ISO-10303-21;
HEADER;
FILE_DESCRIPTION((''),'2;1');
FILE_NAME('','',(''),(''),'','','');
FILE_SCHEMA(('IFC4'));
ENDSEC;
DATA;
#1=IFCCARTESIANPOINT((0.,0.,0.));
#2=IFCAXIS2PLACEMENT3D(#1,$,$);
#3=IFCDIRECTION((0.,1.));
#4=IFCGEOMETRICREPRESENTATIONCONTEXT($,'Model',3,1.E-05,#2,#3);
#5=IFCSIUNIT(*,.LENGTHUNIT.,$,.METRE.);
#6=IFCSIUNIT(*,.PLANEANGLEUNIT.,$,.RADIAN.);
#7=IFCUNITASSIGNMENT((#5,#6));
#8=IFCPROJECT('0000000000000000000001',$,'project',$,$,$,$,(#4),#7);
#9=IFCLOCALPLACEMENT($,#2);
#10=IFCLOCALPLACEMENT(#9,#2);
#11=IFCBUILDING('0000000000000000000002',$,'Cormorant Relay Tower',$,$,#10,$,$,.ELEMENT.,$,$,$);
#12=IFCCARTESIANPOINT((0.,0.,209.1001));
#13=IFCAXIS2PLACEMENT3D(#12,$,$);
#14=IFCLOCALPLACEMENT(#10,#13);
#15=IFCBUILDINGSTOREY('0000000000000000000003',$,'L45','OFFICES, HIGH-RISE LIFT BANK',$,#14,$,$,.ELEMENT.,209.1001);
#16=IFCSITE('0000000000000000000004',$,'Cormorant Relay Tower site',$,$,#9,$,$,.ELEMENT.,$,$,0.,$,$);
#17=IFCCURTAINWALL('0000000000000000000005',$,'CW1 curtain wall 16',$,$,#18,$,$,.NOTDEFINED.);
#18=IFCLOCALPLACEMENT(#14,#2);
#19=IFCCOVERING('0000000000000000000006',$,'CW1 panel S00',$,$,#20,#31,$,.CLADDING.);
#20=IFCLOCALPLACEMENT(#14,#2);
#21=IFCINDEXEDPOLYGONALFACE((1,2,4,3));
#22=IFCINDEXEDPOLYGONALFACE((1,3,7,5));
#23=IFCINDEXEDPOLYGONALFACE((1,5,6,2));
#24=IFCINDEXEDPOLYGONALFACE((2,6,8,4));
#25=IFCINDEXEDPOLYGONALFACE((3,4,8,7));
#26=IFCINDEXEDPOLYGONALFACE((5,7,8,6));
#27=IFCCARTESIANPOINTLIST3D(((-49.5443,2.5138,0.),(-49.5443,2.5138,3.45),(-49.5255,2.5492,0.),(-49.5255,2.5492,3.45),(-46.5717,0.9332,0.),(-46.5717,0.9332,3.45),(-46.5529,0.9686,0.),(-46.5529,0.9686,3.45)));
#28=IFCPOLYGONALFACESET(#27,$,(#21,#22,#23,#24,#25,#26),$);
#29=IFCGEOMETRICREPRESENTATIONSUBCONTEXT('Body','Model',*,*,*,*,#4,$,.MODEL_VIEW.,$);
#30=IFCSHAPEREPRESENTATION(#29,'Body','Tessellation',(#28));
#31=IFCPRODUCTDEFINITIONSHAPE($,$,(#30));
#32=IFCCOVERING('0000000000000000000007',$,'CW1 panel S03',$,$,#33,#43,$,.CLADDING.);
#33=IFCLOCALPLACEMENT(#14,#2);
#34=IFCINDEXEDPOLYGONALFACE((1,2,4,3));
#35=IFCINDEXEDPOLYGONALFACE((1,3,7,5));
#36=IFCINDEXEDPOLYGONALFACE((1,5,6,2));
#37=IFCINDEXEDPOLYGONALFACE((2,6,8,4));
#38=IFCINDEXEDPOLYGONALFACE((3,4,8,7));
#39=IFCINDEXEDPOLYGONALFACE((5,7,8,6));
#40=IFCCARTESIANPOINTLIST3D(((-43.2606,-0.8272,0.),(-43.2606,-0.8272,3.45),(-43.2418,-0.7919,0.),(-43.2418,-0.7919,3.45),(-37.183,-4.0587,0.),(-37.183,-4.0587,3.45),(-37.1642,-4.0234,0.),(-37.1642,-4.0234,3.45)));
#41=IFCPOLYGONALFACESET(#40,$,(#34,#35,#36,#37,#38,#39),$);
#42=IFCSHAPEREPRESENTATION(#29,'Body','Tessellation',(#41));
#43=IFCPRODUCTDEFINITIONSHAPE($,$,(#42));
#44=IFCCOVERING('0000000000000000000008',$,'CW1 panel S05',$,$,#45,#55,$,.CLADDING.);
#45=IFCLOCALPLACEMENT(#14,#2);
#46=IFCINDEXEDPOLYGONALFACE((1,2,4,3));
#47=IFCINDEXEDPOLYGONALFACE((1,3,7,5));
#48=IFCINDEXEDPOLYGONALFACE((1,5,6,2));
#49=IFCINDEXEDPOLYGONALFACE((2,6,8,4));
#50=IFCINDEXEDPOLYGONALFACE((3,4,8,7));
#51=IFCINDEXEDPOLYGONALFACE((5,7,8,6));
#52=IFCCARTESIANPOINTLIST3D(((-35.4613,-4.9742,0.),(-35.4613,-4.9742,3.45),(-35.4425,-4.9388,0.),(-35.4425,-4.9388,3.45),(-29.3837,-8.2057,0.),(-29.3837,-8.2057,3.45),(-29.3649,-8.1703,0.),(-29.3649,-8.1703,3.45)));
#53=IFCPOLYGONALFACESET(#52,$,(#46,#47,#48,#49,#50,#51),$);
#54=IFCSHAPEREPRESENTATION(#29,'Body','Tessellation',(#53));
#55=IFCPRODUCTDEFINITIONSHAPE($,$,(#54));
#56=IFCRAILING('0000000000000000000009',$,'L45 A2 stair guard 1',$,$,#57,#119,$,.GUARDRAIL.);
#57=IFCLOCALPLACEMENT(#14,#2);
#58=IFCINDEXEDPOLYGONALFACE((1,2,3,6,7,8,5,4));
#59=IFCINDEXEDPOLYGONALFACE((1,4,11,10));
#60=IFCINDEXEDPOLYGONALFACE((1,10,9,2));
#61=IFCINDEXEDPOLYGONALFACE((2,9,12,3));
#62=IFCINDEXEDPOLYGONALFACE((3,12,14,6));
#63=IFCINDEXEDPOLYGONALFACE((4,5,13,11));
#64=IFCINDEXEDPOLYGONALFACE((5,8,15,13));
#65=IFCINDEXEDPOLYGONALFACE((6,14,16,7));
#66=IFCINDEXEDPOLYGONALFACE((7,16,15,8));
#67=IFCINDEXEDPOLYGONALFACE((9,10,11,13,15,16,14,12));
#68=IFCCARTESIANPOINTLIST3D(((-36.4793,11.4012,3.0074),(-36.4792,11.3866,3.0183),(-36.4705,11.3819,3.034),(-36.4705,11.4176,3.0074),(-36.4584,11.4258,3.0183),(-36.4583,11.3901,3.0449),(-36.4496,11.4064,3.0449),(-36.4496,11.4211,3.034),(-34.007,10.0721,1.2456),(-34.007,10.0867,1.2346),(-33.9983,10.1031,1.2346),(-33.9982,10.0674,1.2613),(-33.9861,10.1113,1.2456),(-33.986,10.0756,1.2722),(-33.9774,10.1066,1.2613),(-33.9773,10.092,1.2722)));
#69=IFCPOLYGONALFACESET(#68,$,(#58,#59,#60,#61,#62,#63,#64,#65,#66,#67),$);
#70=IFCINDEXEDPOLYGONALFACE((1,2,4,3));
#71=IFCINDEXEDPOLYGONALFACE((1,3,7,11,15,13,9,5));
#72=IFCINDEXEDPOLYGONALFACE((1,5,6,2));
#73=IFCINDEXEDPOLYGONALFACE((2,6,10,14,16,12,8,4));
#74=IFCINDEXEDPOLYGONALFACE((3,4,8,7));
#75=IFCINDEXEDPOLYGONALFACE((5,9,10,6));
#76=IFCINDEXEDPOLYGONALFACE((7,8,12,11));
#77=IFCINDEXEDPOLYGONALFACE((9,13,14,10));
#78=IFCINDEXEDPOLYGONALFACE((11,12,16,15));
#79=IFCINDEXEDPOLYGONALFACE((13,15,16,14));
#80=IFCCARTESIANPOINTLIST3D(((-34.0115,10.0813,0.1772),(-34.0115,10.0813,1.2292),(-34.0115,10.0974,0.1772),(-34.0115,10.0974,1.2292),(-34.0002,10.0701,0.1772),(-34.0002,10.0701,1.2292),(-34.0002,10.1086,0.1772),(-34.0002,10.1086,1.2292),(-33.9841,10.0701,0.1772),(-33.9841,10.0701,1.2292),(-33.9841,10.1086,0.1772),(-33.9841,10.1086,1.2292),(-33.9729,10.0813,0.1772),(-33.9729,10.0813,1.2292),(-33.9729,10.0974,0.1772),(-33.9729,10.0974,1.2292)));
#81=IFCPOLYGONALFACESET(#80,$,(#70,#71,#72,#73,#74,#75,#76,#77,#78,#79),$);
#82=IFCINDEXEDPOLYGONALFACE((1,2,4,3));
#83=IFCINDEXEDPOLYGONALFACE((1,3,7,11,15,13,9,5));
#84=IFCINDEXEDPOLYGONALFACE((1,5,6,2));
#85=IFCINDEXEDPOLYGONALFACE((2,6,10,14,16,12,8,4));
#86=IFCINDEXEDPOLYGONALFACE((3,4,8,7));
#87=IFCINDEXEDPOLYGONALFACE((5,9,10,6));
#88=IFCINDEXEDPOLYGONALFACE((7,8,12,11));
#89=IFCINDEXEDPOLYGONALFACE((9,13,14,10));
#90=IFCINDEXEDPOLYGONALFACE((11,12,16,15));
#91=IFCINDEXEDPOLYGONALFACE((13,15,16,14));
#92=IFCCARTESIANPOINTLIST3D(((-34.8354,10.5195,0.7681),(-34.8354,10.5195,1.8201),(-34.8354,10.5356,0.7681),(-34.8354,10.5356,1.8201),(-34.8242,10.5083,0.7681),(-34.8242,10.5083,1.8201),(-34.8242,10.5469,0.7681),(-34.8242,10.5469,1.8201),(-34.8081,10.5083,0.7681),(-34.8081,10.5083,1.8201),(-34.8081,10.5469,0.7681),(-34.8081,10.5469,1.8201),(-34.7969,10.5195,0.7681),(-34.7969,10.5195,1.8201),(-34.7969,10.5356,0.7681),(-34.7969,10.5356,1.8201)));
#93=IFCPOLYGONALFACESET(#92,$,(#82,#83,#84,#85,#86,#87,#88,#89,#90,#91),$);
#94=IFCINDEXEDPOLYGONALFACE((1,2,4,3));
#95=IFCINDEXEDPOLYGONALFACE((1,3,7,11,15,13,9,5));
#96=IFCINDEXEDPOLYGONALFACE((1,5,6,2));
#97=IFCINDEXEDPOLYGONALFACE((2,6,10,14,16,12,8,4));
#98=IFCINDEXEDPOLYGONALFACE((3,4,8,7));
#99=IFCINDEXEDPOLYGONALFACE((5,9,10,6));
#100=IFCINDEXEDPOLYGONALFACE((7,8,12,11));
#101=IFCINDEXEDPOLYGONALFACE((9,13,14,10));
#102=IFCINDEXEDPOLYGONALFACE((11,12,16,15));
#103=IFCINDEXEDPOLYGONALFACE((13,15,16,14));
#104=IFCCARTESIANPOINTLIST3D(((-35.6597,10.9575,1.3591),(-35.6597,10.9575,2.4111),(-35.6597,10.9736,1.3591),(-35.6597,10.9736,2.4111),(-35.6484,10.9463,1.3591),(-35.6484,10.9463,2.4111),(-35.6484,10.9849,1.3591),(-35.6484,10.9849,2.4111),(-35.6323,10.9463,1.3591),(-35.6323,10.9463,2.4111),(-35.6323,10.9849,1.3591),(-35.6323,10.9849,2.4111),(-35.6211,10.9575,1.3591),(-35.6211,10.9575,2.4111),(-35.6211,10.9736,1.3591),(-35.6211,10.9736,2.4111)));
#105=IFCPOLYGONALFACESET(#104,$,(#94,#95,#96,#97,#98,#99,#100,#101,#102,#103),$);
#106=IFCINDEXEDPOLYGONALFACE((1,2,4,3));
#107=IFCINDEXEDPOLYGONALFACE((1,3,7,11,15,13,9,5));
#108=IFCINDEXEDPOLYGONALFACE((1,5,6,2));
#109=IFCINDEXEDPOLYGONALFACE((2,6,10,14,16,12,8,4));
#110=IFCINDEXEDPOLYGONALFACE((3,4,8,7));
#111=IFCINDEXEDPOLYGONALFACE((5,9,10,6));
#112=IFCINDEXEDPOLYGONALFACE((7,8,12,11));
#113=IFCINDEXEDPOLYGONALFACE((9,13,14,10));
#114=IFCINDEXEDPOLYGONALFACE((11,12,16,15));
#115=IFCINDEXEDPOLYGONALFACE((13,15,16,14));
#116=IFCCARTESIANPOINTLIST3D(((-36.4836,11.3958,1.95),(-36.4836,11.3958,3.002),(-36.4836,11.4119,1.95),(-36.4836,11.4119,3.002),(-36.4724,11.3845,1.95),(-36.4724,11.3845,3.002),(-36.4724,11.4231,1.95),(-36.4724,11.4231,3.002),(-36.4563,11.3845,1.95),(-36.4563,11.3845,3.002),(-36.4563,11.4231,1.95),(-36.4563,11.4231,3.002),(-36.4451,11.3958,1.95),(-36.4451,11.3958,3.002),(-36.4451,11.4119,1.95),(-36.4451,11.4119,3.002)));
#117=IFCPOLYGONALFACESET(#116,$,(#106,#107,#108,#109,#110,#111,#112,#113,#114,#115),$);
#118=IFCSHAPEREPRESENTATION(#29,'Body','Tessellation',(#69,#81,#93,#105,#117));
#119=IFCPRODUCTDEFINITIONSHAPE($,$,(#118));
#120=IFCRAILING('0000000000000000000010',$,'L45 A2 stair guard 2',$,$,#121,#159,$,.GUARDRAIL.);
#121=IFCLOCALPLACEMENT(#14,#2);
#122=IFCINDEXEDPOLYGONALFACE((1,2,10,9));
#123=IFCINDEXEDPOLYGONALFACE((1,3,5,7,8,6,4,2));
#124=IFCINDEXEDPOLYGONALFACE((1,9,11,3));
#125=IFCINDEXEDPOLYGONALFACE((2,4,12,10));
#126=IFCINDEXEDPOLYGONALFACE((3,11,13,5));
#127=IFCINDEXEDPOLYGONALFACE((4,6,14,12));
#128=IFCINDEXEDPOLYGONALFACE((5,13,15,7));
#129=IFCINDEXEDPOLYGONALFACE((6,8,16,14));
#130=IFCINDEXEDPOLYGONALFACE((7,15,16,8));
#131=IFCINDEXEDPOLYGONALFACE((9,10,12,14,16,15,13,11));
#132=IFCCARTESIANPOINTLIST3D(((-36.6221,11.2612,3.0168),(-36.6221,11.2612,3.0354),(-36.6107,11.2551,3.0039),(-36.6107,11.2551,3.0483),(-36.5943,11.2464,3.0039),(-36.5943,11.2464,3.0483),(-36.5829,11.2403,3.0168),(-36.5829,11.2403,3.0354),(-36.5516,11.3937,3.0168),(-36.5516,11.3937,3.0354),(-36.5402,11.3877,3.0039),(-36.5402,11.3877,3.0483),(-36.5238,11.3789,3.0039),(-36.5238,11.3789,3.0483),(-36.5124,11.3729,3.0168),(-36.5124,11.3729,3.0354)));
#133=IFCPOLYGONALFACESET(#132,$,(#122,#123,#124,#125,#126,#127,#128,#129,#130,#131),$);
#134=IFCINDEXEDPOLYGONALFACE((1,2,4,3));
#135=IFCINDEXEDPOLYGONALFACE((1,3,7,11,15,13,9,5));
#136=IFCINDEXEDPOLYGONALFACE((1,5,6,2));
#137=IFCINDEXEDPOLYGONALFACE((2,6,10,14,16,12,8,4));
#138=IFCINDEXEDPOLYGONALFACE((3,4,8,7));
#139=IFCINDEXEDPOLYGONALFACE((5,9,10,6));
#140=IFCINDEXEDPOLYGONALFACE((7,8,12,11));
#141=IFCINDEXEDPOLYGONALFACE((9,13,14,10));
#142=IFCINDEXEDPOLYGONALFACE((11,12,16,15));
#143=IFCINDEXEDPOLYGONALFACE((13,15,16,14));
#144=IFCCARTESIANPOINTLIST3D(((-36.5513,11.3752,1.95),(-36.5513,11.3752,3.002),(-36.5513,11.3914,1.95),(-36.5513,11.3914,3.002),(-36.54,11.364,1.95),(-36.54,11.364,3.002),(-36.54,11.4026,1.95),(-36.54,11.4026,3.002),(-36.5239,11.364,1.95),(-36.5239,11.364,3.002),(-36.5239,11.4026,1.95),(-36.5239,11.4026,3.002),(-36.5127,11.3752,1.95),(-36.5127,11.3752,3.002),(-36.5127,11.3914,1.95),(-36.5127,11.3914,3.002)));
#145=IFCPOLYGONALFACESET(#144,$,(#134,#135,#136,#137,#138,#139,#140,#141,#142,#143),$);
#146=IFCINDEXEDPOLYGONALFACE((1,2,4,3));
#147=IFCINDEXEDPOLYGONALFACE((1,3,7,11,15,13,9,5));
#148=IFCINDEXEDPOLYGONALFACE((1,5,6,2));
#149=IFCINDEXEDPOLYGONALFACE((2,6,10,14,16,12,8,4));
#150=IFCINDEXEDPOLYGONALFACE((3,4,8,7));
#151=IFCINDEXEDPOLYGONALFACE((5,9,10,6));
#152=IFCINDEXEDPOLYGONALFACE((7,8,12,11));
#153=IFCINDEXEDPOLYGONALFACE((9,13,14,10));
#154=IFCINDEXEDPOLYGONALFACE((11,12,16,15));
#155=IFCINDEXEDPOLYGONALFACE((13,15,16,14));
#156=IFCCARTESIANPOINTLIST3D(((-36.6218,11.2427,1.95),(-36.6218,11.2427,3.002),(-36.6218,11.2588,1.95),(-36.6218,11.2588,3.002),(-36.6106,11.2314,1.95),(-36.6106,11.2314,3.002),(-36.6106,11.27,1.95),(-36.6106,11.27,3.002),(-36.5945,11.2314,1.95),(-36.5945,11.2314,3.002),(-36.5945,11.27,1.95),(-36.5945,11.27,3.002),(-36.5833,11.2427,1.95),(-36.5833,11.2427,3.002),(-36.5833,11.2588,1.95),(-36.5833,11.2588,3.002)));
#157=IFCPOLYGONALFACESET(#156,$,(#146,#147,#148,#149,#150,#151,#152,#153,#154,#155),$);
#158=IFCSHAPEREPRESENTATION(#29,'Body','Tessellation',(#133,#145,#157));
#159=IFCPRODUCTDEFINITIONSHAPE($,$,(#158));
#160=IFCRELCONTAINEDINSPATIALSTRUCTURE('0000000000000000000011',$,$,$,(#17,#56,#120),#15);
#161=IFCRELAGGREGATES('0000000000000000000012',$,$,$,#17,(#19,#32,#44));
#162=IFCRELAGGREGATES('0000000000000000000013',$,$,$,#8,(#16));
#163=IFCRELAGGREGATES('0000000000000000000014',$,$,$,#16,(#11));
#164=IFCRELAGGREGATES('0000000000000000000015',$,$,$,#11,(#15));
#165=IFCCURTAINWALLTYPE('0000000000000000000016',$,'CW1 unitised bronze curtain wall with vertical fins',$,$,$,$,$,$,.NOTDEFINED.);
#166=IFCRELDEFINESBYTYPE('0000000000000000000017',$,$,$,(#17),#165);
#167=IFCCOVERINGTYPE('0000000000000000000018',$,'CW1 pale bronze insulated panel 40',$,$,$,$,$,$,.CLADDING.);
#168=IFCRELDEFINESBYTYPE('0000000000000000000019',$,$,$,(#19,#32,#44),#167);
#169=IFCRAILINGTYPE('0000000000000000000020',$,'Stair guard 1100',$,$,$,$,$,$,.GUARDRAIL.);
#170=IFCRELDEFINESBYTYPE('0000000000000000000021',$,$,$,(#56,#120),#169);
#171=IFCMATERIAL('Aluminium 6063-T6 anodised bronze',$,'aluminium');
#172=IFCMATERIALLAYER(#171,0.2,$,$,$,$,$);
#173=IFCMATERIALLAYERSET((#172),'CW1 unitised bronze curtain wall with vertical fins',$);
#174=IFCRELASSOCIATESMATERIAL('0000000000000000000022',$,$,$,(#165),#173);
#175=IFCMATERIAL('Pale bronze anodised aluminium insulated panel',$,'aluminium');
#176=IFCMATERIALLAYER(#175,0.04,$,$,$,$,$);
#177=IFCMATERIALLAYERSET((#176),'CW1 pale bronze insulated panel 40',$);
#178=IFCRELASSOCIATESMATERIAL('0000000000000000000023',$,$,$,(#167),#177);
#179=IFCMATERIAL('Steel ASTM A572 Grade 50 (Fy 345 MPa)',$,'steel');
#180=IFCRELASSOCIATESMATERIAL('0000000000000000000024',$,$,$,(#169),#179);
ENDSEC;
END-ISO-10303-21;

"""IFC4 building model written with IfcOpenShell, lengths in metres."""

from ifc_helpers import new_model, si_unit, direction, frame, origin, origin_2d, place, context, subcontext, project, spatial, polyline, rectangle, outline, extrude, material, layer, layer_set, type_object, element, aggregate, save


model = new_model("IFC4")

# Units and contexts
model_context = context("Model", 3, precision=1e-05, world=origin(), true_north=direction((0.0, 1.0)))
body_context = subcontext(model_context, "Body", "Model", "MODEL_VIEW")
ifc_project = project(units=[si_unit("LENGTHUNIT", "METRE"), si_unit("PLANEANGLEUNIT", "RADIAN")], contexts=[model_context])

# Site, building, storey
site_placement = place(None, origin())
site = spatial("IfcSite", under=ifc_project, at=site_placement, Name="Cormorant Relay Tower site", CompositionType="ELEMENT", RefElevation=0.0)
building_placement = place(site_placement, origin())
building = spatial("IfcBuilding", under=site, at=building_placement, Name="Cormorant Relay Tower", CompositionType="ELEMENT")
storey_placement = place(building_placement, frame((0.0, 0.0, 209.1001)))
storey = spatial("IfcBuildingStorey", under=building, at=storey_placement, Name="L45", Description="OFFICES, HIGH-RISE LIFT BANK", CompositionType="ELEMENT", Elevation=209.1001)

# Curtain wall
ifc_material_1 = material(Name="Aluminium 6063-T6 anodised bronze", Category="aluminium")
ifc_layer_1 = layer(ifc_material_1, 0.2)
ifc_layer_set_1 = layer_set([ifc_layer_1], Name="CW1 unitised bronze curtain wall with vertical fins")
curtain_wall_type = type_object("IfcCurtainWallType", Name="CW1 unitised bronze curtain wall with vertical fins", PredefinedType="NOTDEFINED", material=ifc_layer_set_1)
curtain_wall_placement = place(storey_placement, origin())
curtain_wall = element("IfcCurtainWall", 1, at=curtain_wall_placement, inside=storey, type_object=curtain_wall_type, Name="CW1 curtain wall 16", PredefinedType="NOTDEFINED")

# Coverings
ifc_material_2 = material(Name="Pale bronze anodised aluminium insulated panel", Category="aluminium")
ifc_layer_2 = layer(ifc_material_2, 0.04)
ifc_layer_set_2 = layer_set([ifc_layer_2], Name="CW1 pale bronze insulated panel 40")
covering_type = type_object("IfcCoveringType", Name="CW1 pale bronze insulated panel 40", PredefinedType="CLADDING", material=ifc_layer_set_2)
covering_1_placement = place(storey_placement, frame((-48.0486, 1.7412, 0.0), z_axis=(0.0, 0.0, 1.0), x_axis=(0.882948, -0.469472, 0.0)))
covering_1 = element("IfcCovering", 2, at=covering_1_placement, type_object=covering_type, Name="CW1 panel S00", PredefinedType="CLADDING", context=body_context, shape_type="SweptSolid", body=[
    extrude(rectangle(XDim=3.3667, YDim=0.04, at=origin_2d()), origin(), (0.0, 0.0, 1.0), 3.45),
])
covering_2_placement = place(storey_placement, frame((-40.2124, -2.4253, 0.0), z_axis=(0.0, 0.0, 1.0), x_axis=(0.882948, -0.469472, 0.0)))
covering_2 = element("IfcCovering", 3, at=covering_2_placement, type_object=covering_type, Name="CW1 panel S03", PredefinedType="CLADDING", context=body_context, shape_type="SweptSolid", body=[
    extrude(rectangle(XDim=6.8833, YDim=0.04, at=origin_2d()), origin(), (0.0, 0.0, 1.0), 3.45),
])
covering_3_placement = place(storey_placement, frame((-32.4131, -6.5723, 0.0), z_axis=(0.0, 0.0, 1.0), x_axis=(0.882948, -0.469472, 0.0)))
covering_3 = element("IfcCovering", 4, at=covering_3_placement, type_object=covering_type, Name="CW1 panel S05", PredefinedType="CLADDING", context=body_context, shape_type="SweptSolid", body=[
    extrude(rectangle(XDim=6.8833, YDim=0.04, at=origin_2d()), origin(), (0.0, 0.0, 1.0), 3.45),
])
aggregate(curtain_wall, [covering_1, covering_2, covering_3])

# Railings
ifc_material_3 = material(Name="Steel ASTM A572 Grade 50 (Fy 345 MPa)", Category="steel")
railing_type_1 = type_object("IfcRailingType", Name="Stair guard 1100", PredefinedType="GUARDRAIL", material=ifc_material_3)
railing_1_placement = place(storey_placement, frame((-33.9922, 10.0894, 0.1772)))
element("IfcRailing", 5, at=railing_1_placement, inside=storey, type_object=railing_type_1, Name="L45 A2 stair guard 1", PredefinedType="GUARDRAIL", context=body_context, shape_type="SweptSolid", body=[
    extrude(outline(polyline([(0.0222, 0.0093), (0.0093, 0.0222), (-0.0093, 0.0222), (-0.0222, 0.0093), (-0.0222, -0.0093), (-0.0093, -0.0222), (0.0093, -0.0222), (0.0222, -0.0093), (0.0222, 0.0093)])), frame((0.0, 0.0, 1.0762), z_axis=(-0.746001, 0.396649, 0.534931), x_axis=(-0.469465, -0.882951, 0.0)), (0.0, 0.0, 1.0), 3.314),
    extrude(outline(polyline([(0.0193, 0.0081), (0.0081, 0.0193), (-0.0081, 0.0193), (-0.0193, 0.0081), (-0.0193, -0.0081), (-0.0081, -0.0193), (0.0081, -0.0193), (0.0193, -0.0081), (0.0193, 0.0081)])), origin(), (0.0, 0.0, 1.0), 1.052),
    extrude(outline(polyline([(0.0193, 0.0081), (0.0081, 0.0193), (-0.0081, 0.0193), (-0.0193, 0.0081), (-0.0193, -0.0081), (-0.0081, -0.0193), (0.0081, -0.0193), (0.0193, -0.0081), (0.0193, 0.0081)])), frame((-0.824, 0.4382, 0.5908)), (0.0, 0.0, 1.0), 1.052),
    extrude(outline(polyline([(0.0193, 0.0081), (0.0081, 0.0193), (-0.0081, 0.0193), (-0.0193, 0.0081), (-0.0193, -0.0081), (-0.0081, -0.0193), (0.0081, -0.0193), (0.0193, -0.0081), (0.0193, 0.0081)])), frame((-1.6482, 0.8762, 1.1819)), (0.0, 0.0, 1.0), 1.052),
    extrude(outline(polyline([(0.0193, 0.0081), (0.0081, 0.0193), (-0.0081, 0.0193), (-0.0193, 0.0081), (-0.0193, -0.0081), (-0.0081, -0.0193), (0.0081, -0.0193), (0.0193, -0.0081), (0.0193, 0.0081)])), frame((-2.4722, 1.3145, 1.7727)), (0.0, 0.0, 1.0), 1.052),
])
railing_2_placement = place(storey_placement, frame((-36.532, 11.3833, 1.95)))
element("IfcRailing", 6, at=railing_2_placement, inside=storey, type_object=railing_type_1, Name="L45 A2 stair guard 2", PredefinedType="GUARDRAIL", context=body_context, shape_type="SweptSolid", body=[
    extrude(outline(polyline([(0.0222, 0.0093), (0.0093, 0.0222), (-0.0093, 0.0222), (-0.0222, 0.0093), (-0.0222, -0.0093), (-0.0093, -0.0222), (0.0093, -0.0222), (0.0222, -0.0093), (0.0222, 0.0093)])), frame((0.0, 0.0, 1.0762), z_axis=(-0.469829, -0.882758, 0.0), x_axis=(0.882758, -0.469829, 0.0)), (0.0, 0.0, 1.0), 0.1501),
    extrude(outline(polyline([(0.0193, 0.0081), (0.0081, 0.0193), (-0.0081, 0.0193), (-0.0193, 0.0081), (-0.0193, -0.0081), (-0.0081, -0.0193), (0.0081, -0.0193), (0.0193, -0.0081), (0.0193, 0.0081)])), origin(), (0.0, 0.0, 1.0), 1.052),
    extrude(outline(polyline([(0.0193, 0.0081), (0.0081, 0.0193), (-0.0081, 0.0193), (-0.0193, 0.0081), (-0.0193, -0.0081), (-0.0081, -0.0193), (0.0081, -0.0193), (0.0193, -0.0081), (0.0193, 0.0081)])), frame((-0.0706, -0.1326, 0.0)), (0.0, 0.0, 1.0), 1.052),
])

save(model, "model.ifc")
